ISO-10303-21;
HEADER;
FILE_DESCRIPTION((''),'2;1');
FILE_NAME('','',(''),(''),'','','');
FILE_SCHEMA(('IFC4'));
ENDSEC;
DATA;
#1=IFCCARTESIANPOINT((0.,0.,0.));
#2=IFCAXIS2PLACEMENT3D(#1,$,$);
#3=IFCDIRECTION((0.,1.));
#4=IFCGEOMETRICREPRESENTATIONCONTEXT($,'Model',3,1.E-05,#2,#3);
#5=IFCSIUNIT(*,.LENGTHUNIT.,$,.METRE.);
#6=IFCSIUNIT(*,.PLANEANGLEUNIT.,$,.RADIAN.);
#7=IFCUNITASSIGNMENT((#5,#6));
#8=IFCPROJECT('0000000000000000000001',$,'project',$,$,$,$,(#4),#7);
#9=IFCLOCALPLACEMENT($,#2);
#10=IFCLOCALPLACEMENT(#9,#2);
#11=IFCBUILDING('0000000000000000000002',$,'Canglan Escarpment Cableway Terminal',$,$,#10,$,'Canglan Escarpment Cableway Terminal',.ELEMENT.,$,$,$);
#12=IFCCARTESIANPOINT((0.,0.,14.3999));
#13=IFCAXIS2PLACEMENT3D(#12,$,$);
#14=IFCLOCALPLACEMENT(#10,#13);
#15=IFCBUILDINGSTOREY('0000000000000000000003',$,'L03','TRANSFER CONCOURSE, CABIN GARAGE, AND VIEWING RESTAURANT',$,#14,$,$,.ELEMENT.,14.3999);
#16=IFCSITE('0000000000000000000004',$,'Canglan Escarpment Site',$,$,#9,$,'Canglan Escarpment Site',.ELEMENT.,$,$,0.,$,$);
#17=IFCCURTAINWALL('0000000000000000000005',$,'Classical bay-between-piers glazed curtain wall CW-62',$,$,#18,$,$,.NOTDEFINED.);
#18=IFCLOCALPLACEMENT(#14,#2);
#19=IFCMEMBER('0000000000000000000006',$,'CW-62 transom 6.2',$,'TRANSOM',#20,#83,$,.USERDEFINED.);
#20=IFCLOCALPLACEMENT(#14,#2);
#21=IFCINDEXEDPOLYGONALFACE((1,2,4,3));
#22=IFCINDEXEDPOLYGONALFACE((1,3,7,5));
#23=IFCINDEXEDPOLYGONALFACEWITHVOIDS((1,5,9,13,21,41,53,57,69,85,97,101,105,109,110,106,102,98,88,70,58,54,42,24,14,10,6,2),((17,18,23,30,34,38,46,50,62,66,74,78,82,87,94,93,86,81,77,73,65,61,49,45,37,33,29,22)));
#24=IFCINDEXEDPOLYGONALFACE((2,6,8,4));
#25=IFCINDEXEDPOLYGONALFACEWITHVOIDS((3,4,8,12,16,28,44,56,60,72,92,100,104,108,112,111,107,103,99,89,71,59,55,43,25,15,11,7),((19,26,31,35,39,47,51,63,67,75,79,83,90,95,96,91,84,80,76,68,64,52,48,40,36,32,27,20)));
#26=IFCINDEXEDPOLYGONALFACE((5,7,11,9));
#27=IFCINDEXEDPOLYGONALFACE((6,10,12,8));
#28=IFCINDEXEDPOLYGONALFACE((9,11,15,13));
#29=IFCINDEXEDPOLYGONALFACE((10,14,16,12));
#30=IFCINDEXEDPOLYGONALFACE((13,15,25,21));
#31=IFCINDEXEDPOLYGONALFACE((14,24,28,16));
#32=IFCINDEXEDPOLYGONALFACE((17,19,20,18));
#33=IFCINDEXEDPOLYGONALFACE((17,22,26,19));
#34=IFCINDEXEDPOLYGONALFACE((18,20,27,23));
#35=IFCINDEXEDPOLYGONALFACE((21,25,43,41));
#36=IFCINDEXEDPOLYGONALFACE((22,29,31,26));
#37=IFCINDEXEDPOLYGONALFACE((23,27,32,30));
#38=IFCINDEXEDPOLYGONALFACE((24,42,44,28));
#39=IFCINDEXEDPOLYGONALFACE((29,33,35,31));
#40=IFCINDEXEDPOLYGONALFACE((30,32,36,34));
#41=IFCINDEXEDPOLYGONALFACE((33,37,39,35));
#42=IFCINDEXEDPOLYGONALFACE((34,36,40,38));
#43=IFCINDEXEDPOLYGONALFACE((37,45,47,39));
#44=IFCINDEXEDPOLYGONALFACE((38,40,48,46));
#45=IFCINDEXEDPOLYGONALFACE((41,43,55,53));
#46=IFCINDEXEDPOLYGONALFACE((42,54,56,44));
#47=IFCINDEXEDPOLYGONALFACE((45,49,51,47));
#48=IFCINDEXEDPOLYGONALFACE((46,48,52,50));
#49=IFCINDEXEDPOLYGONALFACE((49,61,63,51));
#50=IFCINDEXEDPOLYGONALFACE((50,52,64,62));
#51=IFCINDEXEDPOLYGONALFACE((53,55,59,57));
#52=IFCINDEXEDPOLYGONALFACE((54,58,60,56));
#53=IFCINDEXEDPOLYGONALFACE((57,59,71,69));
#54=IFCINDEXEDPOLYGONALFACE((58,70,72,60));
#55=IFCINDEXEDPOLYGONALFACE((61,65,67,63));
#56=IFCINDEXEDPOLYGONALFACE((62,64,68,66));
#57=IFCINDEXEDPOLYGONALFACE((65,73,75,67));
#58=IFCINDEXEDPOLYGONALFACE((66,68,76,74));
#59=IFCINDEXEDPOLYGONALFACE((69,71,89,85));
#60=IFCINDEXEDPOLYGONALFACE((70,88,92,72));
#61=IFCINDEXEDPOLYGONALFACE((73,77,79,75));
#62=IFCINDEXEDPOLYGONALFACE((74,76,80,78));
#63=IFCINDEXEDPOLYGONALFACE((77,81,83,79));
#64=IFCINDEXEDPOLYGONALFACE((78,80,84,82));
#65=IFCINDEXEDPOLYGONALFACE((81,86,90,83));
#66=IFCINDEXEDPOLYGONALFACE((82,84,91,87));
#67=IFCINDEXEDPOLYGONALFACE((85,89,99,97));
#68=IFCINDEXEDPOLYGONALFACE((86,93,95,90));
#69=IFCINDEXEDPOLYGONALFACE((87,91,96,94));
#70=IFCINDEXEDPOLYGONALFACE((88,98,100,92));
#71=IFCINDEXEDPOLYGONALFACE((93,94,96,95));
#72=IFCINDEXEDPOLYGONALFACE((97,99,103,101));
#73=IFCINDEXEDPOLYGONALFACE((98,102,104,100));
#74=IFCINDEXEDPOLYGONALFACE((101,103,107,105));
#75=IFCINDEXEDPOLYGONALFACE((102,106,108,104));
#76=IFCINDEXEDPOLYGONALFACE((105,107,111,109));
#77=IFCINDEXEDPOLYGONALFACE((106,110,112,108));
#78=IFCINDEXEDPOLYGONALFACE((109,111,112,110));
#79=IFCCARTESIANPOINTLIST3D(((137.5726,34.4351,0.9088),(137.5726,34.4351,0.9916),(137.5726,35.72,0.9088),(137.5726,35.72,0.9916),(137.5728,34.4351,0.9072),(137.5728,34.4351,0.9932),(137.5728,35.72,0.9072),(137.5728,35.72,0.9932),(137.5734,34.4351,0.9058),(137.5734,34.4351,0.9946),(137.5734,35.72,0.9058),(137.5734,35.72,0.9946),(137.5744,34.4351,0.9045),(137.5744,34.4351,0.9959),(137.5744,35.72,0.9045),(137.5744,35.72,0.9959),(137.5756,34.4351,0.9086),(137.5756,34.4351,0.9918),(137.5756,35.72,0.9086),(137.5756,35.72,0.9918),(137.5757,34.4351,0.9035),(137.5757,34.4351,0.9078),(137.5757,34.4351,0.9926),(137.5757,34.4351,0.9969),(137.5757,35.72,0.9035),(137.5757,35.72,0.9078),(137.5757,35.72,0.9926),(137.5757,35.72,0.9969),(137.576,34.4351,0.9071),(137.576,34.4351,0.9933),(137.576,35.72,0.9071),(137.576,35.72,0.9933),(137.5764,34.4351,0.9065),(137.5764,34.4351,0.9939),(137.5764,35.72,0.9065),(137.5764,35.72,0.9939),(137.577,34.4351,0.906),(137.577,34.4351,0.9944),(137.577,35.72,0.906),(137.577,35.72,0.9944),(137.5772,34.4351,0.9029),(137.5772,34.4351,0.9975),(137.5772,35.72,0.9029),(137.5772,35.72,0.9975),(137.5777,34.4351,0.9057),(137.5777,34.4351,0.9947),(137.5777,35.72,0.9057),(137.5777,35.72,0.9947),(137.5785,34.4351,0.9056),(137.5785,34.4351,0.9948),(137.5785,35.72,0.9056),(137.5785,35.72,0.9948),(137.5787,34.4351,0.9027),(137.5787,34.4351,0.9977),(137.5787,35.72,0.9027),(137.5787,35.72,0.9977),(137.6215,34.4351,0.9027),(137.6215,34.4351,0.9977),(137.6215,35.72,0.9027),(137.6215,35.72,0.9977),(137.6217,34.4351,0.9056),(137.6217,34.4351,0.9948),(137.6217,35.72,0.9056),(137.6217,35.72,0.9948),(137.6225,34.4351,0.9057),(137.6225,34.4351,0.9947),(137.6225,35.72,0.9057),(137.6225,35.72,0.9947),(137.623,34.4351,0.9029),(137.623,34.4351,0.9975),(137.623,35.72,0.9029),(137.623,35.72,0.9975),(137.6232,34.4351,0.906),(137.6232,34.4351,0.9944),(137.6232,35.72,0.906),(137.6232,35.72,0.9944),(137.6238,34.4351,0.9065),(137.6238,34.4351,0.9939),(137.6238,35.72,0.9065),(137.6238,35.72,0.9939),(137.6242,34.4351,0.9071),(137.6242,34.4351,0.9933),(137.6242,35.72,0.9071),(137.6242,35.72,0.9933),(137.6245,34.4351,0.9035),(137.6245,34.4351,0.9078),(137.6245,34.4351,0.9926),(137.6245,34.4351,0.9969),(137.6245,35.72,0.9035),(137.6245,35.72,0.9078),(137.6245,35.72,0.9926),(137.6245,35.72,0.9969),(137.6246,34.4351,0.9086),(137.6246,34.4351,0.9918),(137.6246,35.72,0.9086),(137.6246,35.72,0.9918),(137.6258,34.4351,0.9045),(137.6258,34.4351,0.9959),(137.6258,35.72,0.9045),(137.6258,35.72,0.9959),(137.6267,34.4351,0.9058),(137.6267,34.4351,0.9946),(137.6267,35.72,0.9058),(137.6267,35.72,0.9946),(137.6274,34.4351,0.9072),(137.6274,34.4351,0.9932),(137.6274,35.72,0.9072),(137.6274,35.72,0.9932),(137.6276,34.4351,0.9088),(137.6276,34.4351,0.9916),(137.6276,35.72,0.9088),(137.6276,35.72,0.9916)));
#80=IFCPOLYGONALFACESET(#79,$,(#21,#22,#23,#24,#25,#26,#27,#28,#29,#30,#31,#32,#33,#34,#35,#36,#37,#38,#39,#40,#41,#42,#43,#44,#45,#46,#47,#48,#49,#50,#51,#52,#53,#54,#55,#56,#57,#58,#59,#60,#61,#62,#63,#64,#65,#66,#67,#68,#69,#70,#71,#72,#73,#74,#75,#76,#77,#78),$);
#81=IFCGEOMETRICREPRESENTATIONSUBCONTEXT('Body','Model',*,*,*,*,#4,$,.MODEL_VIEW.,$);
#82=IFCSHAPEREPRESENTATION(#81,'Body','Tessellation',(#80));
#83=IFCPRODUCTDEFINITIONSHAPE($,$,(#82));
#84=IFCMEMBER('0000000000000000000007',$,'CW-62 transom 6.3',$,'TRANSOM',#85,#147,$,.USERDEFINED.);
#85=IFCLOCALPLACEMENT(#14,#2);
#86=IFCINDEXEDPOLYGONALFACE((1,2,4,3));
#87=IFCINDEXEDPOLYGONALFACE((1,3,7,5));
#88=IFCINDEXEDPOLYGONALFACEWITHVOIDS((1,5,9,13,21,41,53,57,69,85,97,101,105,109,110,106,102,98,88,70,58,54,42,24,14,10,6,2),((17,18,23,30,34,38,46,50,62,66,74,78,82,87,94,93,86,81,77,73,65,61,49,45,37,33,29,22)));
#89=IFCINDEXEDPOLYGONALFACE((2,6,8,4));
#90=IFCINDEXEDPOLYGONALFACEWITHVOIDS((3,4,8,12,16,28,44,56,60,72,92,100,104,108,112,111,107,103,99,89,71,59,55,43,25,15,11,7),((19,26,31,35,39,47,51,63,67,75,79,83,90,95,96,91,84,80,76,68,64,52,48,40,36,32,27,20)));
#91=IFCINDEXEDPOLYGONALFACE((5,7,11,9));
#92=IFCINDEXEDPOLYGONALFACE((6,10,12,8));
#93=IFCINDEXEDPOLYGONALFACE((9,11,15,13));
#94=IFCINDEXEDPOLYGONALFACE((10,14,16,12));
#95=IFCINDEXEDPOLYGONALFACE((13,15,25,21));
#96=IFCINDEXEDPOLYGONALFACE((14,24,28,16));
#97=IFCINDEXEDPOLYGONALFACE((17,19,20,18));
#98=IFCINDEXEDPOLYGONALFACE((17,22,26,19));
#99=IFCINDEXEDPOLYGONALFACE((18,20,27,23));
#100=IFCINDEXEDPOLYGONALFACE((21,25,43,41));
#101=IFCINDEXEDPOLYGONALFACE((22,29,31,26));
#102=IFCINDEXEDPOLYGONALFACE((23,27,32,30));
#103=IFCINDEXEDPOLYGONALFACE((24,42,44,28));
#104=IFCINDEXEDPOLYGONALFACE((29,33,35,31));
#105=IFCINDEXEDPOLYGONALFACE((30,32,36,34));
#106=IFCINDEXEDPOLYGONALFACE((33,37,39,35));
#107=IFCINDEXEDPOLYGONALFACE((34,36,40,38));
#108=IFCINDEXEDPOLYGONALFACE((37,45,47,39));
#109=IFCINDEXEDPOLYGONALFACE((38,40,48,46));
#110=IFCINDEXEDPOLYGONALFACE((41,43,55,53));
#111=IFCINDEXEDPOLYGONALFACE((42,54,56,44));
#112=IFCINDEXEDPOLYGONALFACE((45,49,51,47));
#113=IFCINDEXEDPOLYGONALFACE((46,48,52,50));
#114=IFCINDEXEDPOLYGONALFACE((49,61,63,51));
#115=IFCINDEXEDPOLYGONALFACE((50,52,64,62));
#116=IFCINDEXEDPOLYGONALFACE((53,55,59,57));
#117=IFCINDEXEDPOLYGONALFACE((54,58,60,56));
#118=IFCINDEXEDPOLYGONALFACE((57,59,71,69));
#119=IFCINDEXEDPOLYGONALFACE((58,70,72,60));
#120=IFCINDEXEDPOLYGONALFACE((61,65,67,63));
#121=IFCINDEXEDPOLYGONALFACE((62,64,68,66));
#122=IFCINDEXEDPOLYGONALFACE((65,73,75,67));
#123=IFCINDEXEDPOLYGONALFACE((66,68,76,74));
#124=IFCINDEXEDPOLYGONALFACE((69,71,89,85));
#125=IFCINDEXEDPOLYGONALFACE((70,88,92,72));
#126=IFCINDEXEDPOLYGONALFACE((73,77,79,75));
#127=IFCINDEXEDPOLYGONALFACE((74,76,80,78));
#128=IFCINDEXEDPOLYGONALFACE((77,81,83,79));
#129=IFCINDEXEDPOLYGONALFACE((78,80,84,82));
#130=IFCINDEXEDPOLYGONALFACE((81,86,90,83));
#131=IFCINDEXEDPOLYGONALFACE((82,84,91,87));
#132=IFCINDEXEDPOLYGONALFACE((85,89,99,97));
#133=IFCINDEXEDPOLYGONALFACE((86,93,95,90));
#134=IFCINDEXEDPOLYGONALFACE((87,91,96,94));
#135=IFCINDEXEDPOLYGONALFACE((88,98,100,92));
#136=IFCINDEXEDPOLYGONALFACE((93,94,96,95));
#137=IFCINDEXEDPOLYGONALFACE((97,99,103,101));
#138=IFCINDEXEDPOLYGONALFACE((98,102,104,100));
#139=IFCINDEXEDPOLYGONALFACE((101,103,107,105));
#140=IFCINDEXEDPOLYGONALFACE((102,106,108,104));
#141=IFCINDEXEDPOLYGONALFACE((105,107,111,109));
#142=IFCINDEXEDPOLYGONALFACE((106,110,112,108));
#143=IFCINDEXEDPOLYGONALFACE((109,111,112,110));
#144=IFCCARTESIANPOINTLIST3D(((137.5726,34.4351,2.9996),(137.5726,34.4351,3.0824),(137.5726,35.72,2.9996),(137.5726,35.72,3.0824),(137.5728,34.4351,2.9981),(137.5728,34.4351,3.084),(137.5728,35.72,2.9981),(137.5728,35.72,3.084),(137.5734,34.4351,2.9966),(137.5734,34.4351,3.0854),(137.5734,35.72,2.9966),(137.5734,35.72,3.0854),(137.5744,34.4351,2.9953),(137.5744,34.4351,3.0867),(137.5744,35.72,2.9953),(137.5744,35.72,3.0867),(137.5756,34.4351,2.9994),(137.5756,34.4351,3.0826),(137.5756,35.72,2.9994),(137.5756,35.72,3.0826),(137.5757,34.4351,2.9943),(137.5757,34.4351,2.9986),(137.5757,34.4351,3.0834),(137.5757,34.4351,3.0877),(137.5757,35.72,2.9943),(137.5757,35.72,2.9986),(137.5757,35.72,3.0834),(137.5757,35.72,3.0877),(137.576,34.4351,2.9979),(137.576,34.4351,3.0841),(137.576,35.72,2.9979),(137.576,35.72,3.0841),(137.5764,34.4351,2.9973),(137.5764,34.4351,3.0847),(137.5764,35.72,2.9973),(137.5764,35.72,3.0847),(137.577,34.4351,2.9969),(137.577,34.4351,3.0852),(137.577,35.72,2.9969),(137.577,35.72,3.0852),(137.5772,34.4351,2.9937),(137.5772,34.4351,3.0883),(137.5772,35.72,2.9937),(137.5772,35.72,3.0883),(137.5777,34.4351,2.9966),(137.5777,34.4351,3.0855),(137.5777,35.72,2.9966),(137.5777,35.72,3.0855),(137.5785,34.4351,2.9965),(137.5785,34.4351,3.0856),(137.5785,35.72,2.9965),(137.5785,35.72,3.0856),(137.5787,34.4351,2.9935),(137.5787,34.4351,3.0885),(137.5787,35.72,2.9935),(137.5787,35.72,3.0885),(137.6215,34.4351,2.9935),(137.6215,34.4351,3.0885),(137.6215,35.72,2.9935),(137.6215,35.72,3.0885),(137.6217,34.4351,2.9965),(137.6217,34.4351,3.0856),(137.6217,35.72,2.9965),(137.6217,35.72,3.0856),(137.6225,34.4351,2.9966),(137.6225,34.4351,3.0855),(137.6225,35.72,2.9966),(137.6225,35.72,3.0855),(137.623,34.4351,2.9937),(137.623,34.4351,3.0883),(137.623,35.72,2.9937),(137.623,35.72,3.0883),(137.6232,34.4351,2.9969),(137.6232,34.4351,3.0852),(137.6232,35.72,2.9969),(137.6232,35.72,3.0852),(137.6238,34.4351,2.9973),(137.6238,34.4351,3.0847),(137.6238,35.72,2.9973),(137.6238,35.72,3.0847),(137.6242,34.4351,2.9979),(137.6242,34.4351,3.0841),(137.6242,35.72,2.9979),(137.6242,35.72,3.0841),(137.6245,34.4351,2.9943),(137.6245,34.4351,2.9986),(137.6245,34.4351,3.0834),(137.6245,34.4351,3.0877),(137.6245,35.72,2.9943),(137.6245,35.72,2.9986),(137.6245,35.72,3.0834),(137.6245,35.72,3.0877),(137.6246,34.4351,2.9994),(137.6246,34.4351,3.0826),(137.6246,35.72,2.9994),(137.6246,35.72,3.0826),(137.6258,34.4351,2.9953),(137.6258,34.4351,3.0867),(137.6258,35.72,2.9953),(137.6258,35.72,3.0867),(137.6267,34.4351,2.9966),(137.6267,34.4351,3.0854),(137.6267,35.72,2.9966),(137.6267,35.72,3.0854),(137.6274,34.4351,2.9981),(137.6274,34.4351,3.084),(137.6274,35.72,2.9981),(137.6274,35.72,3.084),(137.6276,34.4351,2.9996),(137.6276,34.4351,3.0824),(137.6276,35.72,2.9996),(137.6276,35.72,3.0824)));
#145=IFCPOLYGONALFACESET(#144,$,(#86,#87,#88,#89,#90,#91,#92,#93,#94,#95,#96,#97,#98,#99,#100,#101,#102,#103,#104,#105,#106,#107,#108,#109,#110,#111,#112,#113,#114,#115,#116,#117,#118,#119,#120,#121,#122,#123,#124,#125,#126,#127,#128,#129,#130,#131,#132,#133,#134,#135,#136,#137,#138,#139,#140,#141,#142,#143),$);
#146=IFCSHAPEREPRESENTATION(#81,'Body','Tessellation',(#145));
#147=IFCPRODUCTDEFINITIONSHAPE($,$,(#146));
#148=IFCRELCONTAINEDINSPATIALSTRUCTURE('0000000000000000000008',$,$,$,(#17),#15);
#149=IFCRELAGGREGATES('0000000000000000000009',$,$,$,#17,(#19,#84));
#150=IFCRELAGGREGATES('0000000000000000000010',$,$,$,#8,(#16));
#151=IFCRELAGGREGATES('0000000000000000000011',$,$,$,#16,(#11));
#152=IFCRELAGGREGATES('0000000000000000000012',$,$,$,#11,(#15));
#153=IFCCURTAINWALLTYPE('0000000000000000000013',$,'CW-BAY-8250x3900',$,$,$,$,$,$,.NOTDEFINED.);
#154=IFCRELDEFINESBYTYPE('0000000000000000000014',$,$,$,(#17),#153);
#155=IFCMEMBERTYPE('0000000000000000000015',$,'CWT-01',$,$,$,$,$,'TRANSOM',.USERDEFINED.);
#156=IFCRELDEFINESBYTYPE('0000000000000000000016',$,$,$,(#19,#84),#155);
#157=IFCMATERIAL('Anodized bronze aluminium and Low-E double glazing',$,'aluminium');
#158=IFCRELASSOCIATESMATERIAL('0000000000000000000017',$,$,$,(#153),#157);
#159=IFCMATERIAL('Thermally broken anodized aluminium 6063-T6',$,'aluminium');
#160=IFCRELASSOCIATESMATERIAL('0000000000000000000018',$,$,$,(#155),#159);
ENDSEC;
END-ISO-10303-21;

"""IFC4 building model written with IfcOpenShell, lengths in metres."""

from ifc_helpers import new_model, si_unit, direction, frame, origin, origin_2d, place, context, subcontext, project, spatial, hollow_rectangle, extrude, material, material_profile, profile_set, type_object, element, aggregate, save


model = new_model("IFC4")

# Units and contexts
model_context = context("Model", 3, precision=1e-05, world=origin(), true_north=direction((0.0, 1.0)))
body_context = subcontext(model_context, "Body", "Model", "MODEL_VIEW")
ifc_project = project(units=[si_unit("LENGTHUNIT", "METRE"), si_unit("PLANEANGLEUNIT", "RADIAN")], contexts=[model_context])

# Site, building, storey
site_placement = place(None, origin())
site = spatial("IfcSite", under=ifc_project, at=site_placement, Name="Canglan Escarpment Site", LongName="Canglan Escarpment Site", CompositionType="ELEMENT", RefElevation=0.0)
building_placement = place(site_placement, origin())
building = spatial("IfcBuilding", under=site, at=building_placement, Name="Canglan Escarpment Cableway Terminal", LongName="Canglan Escarpment Cableway Terminal", CompositionType="ELEMENT")
storey_placement = place(building_placement, frame((0.0, 0.0, 14.3999)))
storey = spatial("IfcBuildingStorey", under=building, at=storey_placement, Name="L03", Description="TRANSFER CONCOURSE, CABIN GARAGE, AND VIEWING RESTAURANT", CompositionType="ELEMENT", Elevation=14.3999)

# Curtain wall
ifc_material_1 = material(Name="Anodized bronze aluminium and Low-E double glazing", Category="aluminium")
curtain_wall_type_1 = type_object("IfcCurtainWallType", Name="CW-BAY-8250x3900", PredefinedType="NOTDEFINED", material=ifc_material_1)
curtain_wall_1_placement = place(storey_placement, origin())
curtain_wall_1 = element("IfcCurtainWall", 1, at=curtain_wall_1_placement, inside=storey, type_object=curtain_wall_type_1, Name="Classical bay-between-piers glazed curtain wall CW-62", PredefinedType="NOTDEFINED")
ifc_material_2 = material(Name="Thermally broken anodized aluminium 6063-T6", Category="aluminium")

# Members
ifc_material_profile_1 = material_profile(ifc_material_2, hollow_rectangle(XDim=0.0549, YDim=0.095, WallThickness=0.0029, InnerFilletRadius=0.0029, OuterFilletRadius=0.0061, at=origin_2d()), Name="ALU-TRAN 55x95x3")
ifc_profile_set_1 = profile_set([ifc_material_profile_1], Name="Thermally broken anodized aluminium 6063-T6")
member_type_1 = type_object("IfcMemberType", Name="CWT-01", ElementType="TRANSOM", PredefinedType="USERDEFINED", material=ifc_profile_set_1)
member_1_placement = place(storey_placement, frame((137.6001, 35.72, 0.9502), z_axis=(0.0, -1.0, 0.0), x_axis=(1.0, 0.0, 0.0)))
member_1 = element("IfcMember", 2, at=member_1_placement, type_object=member_type_1, Name="CW-62 transom 6.2", ObjectType="TRANSOM", PredefinedType="USERDEFINED", context=body_context, shape_type="SweptSolid", body=[
    extrude(hollow_rectangle(XDim=0.0549, YDim=0.095, WallThickness=0.0029, InnerFilletRadius=0.0029, OuterFilletRadius=0.0061, at=origin_2d()), origin(), (0.0, 0.0, 1.0), 1.2849),
])
member_2_placement = place(storey_placement, frame((137.6001, 35.72, 3.041), z_axis=(0.0, -1.0, 0.0), x_axis=(1.0, 0.0, 0.0)))
member_2 = element("IfcMember", 3, at=member_2_placement, type_object=member_type_1, Name="CW-62 transom 6.3", ObjectType="TRANSOM", PredefinedType="USERDEFINED", context=body_context, shape_type="SweptSolid", body=[
    extrude(hollow_rectangle(XDim=0.0549, YDim=0.095, WallThickness=0.0029, InnerFilletRadius=0.0029, OuterFilletRadius=0.0061, at=origin_2d()), origin(), (0.0, 0.0, 1.0), 1.2849),
])

aggregate(curtain_wall_1, [member_1, member_2])

save(model, "model.ifc")
